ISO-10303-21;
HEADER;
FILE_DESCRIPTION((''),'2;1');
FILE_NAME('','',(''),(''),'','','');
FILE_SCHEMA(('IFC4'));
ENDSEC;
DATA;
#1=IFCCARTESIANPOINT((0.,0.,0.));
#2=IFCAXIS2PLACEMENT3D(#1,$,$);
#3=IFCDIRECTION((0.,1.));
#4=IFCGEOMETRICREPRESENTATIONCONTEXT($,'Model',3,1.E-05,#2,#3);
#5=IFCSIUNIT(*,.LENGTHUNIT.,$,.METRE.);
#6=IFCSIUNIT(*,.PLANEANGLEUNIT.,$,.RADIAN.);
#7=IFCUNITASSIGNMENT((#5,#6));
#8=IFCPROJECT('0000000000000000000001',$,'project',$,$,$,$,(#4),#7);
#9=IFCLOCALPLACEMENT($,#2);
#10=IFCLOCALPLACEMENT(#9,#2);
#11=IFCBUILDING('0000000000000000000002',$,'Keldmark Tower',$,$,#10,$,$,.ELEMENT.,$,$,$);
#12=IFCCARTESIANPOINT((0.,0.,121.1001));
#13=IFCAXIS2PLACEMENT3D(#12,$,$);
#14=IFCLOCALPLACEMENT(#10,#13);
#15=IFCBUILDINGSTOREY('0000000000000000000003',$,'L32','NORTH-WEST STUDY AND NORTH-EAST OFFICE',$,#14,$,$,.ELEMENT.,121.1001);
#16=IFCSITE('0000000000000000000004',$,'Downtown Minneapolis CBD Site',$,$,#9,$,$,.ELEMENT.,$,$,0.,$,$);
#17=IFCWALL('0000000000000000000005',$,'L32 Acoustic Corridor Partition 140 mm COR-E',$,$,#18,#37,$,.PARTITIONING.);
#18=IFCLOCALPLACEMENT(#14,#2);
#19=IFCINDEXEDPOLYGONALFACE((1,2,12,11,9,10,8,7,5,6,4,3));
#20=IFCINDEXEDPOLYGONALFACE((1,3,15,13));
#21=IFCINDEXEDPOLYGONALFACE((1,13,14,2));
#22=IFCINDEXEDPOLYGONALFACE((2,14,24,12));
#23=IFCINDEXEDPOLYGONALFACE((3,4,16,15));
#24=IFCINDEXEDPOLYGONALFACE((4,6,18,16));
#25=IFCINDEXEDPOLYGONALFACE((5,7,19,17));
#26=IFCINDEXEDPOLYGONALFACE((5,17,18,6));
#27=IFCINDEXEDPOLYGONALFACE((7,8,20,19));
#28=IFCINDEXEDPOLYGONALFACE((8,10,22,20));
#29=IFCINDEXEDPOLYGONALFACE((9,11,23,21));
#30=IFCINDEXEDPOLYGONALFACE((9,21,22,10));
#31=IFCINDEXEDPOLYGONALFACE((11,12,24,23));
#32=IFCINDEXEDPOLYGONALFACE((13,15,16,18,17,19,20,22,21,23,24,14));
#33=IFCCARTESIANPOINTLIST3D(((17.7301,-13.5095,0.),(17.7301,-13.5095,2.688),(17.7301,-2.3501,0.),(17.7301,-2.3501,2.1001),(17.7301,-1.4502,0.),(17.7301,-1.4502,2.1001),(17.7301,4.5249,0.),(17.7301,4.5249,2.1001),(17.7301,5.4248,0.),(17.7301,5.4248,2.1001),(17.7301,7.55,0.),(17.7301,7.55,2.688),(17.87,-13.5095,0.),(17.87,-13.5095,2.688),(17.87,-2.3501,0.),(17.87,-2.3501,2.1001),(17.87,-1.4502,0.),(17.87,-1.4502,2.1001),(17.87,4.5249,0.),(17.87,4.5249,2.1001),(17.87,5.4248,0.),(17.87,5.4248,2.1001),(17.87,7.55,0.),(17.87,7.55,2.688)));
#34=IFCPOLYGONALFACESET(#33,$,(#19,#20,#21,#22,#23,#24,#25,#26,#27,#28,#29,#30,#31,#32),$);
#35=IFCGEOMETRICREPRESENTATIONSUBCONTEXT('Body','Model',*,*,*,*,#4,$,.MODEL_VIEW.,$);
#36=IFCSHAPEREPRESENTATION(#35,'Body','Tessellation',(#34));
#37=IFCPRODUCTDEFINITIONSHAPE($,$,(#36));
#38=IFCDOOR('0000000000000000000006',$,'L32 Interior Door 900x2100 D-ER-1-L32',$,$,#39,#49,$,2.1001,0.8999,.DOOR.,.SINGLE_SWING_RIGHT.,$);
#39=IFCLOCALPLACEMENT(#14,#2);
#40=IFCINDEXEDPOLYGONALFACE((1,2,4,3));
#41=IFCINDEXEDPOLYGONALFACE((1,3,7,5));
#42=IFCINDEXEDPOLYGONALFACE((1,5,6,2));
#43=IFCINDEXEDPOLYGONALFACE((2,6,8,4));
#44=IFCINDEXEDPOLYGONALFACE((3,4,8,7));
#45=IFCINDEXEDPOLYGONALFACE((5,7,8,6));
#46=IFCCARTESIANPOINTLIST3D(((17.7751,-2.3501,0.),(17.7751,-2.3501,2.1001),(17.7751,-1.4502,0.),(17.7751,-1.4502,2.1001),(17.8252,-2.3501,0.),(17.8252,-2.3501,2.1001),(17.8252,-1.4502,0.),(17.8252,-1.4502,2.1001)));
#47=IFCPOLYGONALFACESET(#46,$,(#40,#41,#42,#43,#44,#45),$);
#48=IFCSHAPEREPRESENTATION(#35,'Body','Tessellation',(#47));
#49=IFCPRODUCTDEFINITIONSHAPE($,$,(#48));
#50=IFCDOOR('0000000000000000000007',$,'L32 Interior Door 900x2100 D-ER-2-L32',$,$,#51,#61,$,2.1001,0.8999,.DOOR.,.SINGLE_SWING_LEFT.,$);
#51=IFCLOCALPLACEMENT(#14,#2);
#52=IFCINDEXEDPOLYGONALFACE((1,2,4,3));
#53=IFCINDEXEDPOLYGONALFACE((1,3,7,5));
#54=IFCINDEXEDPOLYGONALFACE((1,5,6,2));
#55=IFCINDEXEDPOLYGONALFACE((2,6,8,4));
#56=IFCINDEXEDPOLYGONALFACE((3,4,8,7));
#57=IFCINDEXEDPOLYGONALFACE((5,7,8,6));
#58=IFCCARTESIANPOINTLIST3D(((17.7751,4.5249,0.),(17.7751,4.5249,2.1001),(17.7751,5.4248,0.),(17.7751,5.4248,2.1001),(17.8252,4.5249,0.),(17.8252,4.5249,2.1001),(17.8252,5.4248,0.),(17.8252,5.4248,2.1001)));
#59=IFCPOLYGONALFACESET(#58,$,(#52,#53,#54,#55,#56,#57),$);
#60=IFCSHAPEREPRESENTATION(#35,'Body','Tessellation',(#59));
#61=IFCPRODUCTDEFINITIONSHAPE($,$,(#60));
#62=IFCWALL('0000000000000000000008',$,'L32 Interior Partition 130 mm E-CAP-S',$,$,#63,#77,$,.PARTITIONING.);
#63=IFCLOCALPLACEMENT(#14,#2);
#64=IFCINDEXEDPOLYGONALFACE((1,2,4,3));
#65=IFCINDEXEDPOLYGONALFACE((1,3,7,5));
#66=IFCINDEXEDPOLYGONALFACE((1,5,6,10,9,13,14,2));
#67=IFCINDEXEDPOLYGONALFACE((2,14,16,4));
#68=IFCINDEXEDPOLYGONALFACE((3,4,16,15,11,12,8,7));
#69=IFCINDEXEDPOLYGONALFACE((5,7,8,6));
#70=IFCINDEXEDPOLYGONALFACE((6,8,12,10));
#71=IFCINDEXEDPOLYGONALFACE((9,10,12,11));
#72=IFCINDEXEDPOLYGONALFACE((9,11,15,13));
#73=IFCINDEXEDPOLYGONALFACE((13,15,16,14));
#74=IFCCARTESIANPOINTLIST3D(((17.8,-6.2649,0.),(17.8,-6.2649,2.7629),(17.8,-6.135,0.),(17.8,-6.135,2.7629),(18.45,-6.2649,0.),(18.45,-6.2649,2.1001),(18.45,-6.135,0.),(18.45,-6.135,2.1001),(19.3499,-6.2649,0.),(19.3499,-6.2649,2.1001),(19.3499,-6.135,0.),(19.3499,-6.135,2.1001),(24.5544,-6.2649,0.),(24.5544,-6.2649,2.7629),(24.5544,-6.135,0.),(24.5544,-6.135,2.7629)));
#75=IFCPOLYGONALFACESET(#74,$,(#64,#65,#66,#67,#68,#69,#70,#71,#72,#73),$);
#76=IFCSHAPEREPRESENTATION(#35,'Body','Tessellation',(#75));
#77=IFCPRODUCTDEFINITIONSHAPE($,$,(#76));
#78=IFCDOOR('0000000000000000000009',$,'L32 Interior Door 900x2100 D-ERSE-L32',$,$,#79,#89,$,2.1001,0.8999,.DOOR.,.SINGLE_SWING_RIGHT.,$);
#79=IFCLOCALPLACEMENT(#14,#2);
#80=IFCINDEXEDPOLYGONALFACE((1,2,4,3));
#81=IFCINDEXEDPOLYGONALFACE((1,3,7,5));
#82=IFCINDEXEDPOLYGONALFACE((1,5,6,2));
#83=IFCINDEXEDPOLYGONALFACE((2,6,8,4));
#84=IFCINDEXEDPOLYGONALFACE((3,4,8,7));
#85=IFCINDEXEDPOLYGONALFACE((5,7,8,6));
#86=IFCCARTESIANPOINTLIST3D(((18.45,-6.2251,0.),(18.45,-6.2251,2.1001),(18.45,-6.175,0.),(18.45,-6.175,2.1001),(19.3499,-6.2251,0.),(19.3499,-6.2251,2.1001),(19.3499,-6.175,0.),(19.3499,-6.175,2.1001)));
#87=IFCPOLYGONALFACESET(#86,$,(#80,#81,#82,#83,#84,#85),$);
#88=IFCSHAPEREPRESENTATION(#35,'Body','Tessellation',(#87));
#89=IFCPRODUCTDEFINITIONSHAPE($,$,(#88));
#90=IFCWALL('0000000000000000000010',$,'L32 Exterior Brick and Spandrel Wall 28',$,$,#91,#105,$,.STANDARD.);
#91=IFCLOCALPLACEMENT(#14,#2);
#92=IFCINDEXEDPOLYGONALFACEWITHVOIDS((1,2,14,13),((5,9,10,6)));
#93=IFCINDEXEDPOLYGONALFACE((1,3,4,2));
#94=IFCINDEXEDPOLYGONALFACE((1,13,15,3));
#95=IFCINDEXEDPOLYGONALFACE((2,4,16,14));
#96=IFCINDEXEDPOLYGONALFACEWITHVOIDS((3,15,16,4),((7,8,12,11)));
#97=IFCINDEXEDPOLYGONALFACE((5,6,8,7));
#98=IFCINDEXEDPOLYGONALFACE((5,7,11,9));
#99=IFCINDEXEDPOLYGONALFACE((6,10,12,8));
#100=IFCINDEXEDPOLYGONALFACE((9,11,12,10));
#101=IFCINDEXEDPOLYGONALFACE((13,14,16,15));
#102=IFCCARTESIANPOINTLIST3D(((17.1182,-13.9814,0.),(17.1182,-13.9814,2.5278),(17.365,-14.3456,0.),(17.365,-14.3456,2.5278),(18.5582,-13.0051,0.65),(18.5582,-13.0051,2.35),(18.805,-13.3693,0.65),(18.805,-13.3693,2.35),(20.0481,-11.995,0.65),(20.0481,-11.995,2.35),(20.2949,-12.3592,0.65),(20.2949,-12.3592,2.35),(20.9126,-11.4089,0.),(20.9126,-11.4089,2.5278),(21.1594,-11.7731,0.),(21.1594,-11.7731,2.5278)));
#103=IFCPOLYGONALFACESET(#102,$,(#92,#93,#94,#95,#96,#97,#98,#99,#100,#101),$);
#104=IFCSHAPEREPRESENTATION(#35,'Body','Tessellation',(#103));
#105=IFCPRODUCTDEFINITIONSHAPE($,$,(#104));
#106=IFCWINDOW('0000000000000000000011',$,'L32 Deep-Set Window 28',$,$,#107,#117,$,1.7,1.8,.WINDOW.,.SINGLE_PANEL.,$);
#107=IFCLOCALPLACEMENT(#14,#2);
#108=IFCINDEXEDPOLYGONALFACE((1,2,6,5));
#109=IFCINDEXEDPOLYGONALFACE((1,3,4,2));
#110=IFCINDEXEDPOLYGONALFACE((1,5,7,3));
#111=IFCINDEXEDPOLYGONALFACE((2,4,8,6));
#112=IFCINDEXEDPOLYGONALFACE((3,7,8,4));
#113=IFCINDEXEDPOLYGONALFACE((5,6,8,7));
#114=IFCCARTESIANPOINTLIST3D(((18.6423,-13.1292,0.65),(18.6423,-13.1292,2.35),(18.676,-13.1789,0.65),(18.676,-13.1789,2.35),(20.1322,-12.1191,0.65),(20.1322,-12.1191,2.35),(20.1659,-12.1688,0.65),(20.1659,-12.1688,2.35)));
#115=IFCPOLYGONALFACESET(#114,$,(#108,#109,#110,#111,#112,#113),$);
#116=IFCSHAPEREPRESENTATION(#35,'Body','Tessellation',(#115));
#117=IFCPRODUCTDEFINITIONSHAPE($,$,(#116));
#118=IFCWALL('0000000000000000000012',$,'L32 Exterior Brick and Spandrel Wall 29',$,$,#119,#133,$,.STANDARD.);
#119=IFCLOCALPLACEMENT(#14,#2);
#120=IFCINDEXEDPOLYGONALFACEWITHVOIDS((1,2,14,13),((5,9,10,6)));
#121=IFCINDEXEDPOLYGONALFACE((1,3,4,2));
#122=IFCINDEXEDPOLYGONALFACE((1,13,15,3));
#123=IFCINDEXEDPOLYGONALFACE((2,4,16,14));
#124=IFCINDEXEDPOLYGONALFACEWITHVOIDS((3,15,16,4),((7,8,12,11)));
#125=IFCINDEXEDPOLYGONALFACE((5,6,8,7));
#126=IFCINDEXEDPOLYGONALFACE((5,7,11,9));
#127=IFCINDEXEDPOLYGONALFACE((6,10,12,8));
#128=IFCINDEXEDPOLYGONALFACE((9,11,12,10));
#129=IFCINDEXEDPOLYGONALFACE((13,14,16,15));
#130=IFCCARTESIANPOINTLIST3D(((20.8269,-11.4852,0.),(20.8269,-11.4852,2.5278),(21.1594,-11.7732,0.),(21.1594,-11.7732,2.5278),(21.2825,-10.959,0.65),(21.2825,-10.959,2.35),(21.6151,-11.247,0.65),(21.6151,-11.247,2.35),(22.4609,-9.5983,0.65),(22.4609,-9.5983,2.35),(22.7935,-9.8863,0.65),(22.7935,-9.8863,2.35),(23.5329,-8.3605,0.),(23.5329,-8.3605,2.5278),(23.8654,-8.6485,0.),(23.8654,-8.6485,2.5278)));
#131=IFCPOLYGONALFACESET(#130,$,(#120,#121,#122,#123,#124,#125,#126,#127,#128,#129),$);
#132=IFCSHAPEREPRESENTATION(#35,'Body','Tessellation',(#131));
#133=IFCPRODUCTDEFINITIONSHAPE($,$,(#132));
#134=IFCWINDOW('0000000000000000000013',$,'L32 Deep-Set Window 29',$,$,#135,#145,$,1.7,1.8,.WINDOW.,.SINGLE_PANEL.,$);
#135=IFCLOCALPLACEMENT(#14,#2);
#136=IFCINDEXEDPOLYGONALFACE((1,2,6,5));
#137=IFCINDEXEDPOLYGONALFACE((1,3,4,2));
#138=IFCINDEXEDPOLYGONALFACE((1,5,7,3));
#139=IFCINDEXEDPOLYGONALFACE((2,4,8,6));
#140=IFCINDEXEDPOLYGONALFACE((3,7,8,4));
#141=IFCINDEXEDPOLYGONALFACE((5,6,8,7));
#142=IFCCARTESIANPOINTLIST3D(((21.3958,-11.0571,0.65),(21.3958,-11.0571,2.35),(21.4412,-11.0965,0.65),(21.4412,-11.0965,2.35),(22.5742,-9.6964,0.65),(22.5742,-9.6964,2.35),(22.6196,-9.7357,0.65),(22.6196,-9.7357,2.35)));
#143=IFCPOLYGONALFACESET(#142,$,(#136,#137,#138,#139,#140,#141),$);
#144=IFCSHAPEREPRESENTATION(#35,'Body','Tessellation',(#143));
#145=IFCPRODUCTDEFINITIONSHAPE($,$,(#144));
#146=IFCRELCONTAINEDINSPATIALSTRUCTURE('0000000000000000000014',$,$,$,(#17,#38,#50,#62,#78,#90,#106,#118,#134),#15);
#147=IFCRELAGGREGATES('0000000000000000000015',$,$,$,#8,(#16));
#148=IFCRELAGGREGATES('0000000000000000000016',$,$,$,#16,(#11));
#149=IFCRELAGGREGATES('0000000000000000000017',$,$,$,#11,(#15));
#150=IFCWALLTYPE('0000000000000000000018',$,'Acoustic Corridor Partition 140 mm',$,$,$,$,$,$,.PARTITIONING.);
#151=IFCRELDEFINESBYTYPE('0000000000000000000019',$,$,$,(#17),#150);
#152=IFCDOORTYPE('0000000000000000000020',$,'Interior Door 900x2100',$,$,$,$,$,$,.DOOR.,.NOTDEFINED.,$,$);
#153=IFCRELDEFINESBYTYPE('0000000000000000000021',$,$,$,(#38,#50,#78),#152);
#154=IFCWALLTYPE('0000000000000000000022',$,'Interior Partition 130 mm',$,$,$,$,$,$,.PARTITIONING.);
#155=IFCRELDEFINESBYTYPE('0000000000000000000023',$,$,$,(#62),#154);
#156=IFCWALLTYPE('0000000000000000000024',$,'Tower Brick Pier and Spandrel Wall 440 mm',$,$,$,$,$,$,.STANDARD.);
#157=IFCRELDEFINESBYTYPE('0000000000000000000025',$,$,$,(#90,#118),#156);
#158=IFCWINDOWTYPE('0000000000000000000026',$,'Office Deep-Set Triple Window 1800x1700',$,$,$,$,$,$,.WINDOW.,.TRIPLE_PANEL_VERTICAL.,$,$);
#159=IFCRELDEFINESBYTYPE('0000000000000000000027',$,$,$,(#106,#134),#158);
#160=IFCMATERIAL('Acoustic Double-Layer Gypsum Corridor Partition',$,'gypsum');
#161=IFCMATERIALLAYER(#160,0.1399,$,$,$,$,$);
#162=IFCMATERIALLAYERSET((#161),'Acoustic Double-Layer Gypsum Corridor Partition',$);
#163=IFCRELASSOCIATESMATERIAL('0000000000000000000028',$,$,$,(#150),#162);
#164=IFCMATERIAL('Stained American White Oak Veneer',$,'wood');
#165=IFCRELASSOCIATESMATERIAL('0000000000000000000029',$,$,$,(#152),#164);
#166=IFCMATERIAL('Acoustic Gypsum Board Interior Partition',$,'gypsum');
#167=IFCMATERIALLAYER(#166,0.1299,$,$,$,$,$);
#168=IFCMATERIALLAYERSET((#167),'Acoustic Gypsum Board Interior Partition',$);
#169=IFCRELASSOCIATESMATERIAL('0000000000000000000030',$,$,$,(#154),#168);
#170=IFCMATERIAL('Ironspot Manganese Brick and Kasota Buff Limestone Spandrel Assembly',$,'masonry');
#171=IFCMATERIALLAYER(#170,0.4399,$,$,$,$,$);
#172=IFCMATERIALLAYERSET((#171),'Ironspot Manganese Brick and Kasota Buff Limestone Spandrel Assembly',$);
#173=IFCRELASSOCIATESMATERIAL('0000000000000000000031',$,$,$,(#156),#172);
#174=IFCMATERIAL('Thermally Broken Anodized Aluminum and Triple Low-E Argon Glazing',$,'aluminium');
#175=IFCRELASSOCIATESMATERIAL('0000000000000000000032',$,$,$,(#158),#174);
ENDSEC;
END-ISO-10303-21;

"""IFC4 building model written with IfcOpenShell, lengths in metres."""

from ifc_helpers import new_model, si_unit, direction, frame, frame_2d, origin, place, context, subcontext, project, spatial, rectangle, extrude, material, layer, layer_set, type_object, element, fill, save


model = new_model("IFC4")

# Units and contexts
model_context = context("Model", 3, precision=1e-05, world=origin(), true_north=direction((0.0, 1.0)))
body_context = subcontext(model_context, "Body", "Model", "MODEL_VIEW")
ifc_project = project(units=[si_unit("LENGTHUNIT", "METRE"), si_unit("PLANEANGLEUNIT", "RADIAN")], contexts=[model_context])

# Site, building, storey
site_placement = place(None, origin())
site = spatial("IfcSite", under=ifc_project, at=site_placement, Name="Downtown Minneapolis CBD Site", CompositionType="ELEMENT", RefElevation=0.0)
building_placement = place(site_placement, origin())
building = spatial("IfcBuilding", under=site, at=building_placement, Name="Keldmark Tower", CompositionType="ELEMENT")
storey_placement = place(building_placement, frame((0.0, 0.0, 121.1001)))
storey = spatial("IfcBuildingStorey", under=building, at=storey_placement, Name="L32", Description="NORTH-WEST STUDY AND NORTH-EAST OFFICE", CompositionType="ELEMENT", Elevation=121.1001)

# Wall, openings, doors
ifc_material_1 = material(Name="Acoustic Double-Layer Gypsum Corridor Partition", Category="gypsum")
ifc_layer_1 = layer(ifc_material_1, 0.1399)
ifc_layer_set_1 = layer_set([ifc_layer_1], Name="Acoustic Double-Layer Gypsum Corridor Partition")
wall_type_1 = type_object("IfcWallType", Name="Acoustic Corridor Partition 140 mm", PredefinedType="PARTITIONING", material=ifc_layer_set_1)
wall_1_placement = place(storey_placement, frame((17.8, -13.5095, 0.0), z_axis=(0.0, 0.0, 1.0), x_axis=(0.0, 1.0, 0.0)))
wall_1 = element("IfcWall", 1, at=wall_1_placement, inside=storey, type_object=wall_type_1, Name="L32 Acoustic Corridor Partition 140 mm COR-E", PredefinedType="PARTITIONING", context=body_context, shape_type="SweptSolid", body=[
    extrude(rectangle(XDim=21.0596, YDim=0.1399, at=frame_2d((10.5298, 0.0))), origin(), (0.0, 0.0, 1.0), 2.688),
])
opening_1_placement = place(wall_1_placement, frame((11.1594, 0.0, 0.0)))
opening_1 = element("IfcOpeningElement", 2, at=opening_1_placement, cuts=wall_1, PredefinedType="OPENING", context=body_context, shape_type="SweptSolid", body=[
    extrude(rectangle(XDim=0.8999, YDim=2.1001, at=frame_2d((0.45, 1.05))), frame((0.0, 0.0798, 0.0), z_axis=(0.0, -1.0, 0.0), x_axis=(1.0, 0.0, 0.0)), (0.0, 0.0, 1.0), 0.1599),
])
opening_2_placement = place(wall_1_placement, frame((18.0344, 0.0, 0.0)))
opening_2 = element("IfcOpeningElement", 3, at=opening_2_placement, cuts=wall_1, PredefinedType="OPENING", context=body_context, shape_type="SweptSolid", body=[
    extrude(rectangle(XDim=0.8999, YDim=2.1001, at=frame_2d((0.45, 1.05))), frame((0.0, 0.0798, 0.0), z_axis=(0.0, -1.0, 0.0), x_axis=(1.0, 0.0, 0.0)), (0.0, 0.0, 1.0), 0.1599),
])
ifc_material_2 = material(Name="Stained American White Oak Veneer", Category="wood")
door_type = type_object("IfcDoorType", Name="Interior Door 900x2100", OperationType="NOTDEFINED", PredefinedType="DOOR", material=ifc_material_2)
door_1_placement = place(opening_1_placement, origin())
door_1 = element("IfcDoor", 4, at=door_1_placement, inside=storey, type_object=door_type, Name="L32 Interior Door 900x2100 D-ER-1-L32", OperationType="SINGLE_SWING_RIGHT", OverallHeight=2.1001, OverallWidth=0.8999, PredefinedType="DOOR", context=body_context, shape_type="SweptSolid", body=[
    extrude(rectangle(XDim=0.8999, YDim=2.1001, at=frame_2d((0.45, 1.05))), frame((0.0, 0.0249, 0.0), z_axis=(0.0, -1.0, 0.0), x_axis=(1.0, 0.0, 0.0)), (0.0, 0.0, 1.0), 0.05),
])
fill(opening_1, door_1)
door_2_placement = place(opening_2_placement, origin())
door_2 = element("IfcDoor", 5, at=door_2_placement, inside=storey, type_object=door_type, Name="L32 Interior Door 900x2100 D-ER-2-L32", OperationType="SINGLE_SWING_LEFT", OverallHeight=2.1001, OverallWidth=0.8999, PredefinedType="DOOR", context=body_context, shape_type="SweptSolid", body=[
    extrude(rectangle(XDim=0.8999, YDim=2.1001, at=frame_2d((0.45, 1.05))), frame((0.0, 0.0249, 0.0), z_axis=(0.0, -1.0, 0.0), x_axis=(1.0, 0.0, 0.0)), (0.0, 0.0, 1.0), 0.05),
])
fill(opening_2, door_2)

# Wall, opening, door
ifc_material_3 = material(Name="Acoustic Gypsum Board Interior Partition", Category="gypsum")
ifc_layer_2 = layer(ifc_material_3, 0.1299)
ifc_layer_set_2 = layer_set([ifc_layer_2], Name="Acoustic Gypsum Board Interior Partition")
wall_type_2 = type_object("IfcWallType", Name="Interior Partition 130 mm", PredefinedType="PARTITIONING", material=ifc_layer_set_2)
wall_2_placement = place(storey_placement, frame((17.8, -6.2, 0.0), z_axis=(0.0, 0.0, 1.0), x_axis=(1.0, 0.0, 0.0)))
wall_2 = element("IfcWall", 6, at=wall_2_placement, inside=storey, type_object=wall_type_2, Name="L32 Interior Partition 130 mm E-CAP-S", PredefinedType="PARTITIONING", context=body_context, shape_type="SweptSolid", body=[
    extrude(rectangle(XDim=6.7544, YDim=0.1299, at=frame_2d((3.3772, 0.0))), origin(), (0.0, 0.0, 1.0), 2.7629),
])
opening_3_placement = place(wall_2_placement, frame((0.6499, 0.0, 0.0)))
opening_3 = element("IfcOpeningElement", 7, at=opening_3_placement, cuts=wall_2, PredefinedType="OPENING", context=body_context, shape_type="SweptSolid", body=[
    extrude(rectangle(XDim=0.8999, YDim=2.1001, at=frame_2d((0.45, 1.05))), frame((0.0, 0.075, 0.0), z_axis=(0.0, -1.0, 0.0), x_axis=(1.0, 0.0, 0.0)), (0.0, 0.0, 1.0), 0.1499),
])
door_3_placement = place(opening_3_placement, origin())
door_3 = element("IfcDoor", 8, at=door_3_placement, inside=storey, type_object=door_type, Name="L32 Interior Door 900x2100 D-ERSE-L32", OperationType="SINGLE_SWING_RIGHT", OverallHeight=2.1001, OverallWidth=0.8999, PredefinedType="DOOR", context=body_context, shape_type="SweptSolid", body=[
    extrude(rectangle(XDim=0.8999, YDim=2.1001, at=frame_2d((0.45, 1.05))), frame((0.0, 0.0249, 0.0), z_axis=(0.0, -1.0, 0.0), x_axis=(1.0, 0.0, 0.0)), (0.0, 0.0, 1.0), 0.05),
])
fill(opening_3, door_3)

# Walls, openings, windows
ifc_material_4 = material(Name="Ironspot Manganese Brick and Kasota Buff Limestone Spandrel Assembly", Category="masonry")
ifc_layer_3 = layer(ifc_material_4, 0.4399)
ifc_layer_set_3 = layer_set([ifc_layer_3], Name="Ironspot Manganese Brick and Kasota Buff Limestone Spandrel Assembly")
wall_type_3 = type_object("IfcWallType", Name="Tower Brick Pier and Spandrel Wall 440 mm", PredefinedType="STANDARD", material=ifc_layer_set_3)
wall_3_placement = place(storey_placement, frame((21.0359, -11.5911, 0.0), z_axis=(0.0, 0.0, 1.0), x_axis=(-0.827707, -0.56116, 0.0)))
wall_3 = element("IfcWall", 9, at=wall_3_placement, inside=storey, type_object=wall_type_3, Name="L32 Exterior Brick and Spandrel Wall 28", PredefinedType="STANDARD", context=body_context, shape_type="SweptSolid", body=[
    extrude(rectangle(XDim=4.5842, YDim=0.4399, at=frame_2d((2.292, 0.0))), origin(), (0.0, 0.0, 1.0), 2.5278),
])
opening_4_placement = place(wall_3_placement, frame((1.0444, 0.0, 0.6499)))
opening_4 = element("IfcOpeningElement", 10, at=opening_4_placement, cuts=wall_3, PredefinedType="OPENING", context=body_context, shape_type="SweptSolid", body=[
    extrude(rectangle(XDim=1.8, YDim=1.7, at=frame_2d((0.8999, 0.8501))), frame((0.0, 0.23, 0.0), z_axis=(0.0, -1.0, 0.0), x_axis=(1.0, 0.0, 0.0)), (0.0, 0.0, 1.0), 0.46),
])
ifc_material_5 = material(Name="Thermally Broken Anodized Aluminum and Triple Low-E Argon Glazing", Category="aluminium")
window_type_1 = type_object("IfcWindowType", Name="Office Deep-Set Triple Window 1800x1700", PartitioningType="TRIPLE_PANEL_VERTICAL", PredefinedType="WINDOW", material=ifc_material_5)
window_1_placement = place(opening_4_placement, origin())
window_1 = element("IfcWindow", 11, at=window_1_placement, inside=storey, type_object=window_type_1, Name="L32 Deep-Set Window 28", OverallHeight=1.7, OverallWidth=1.8, PartitioningType="SINGLE_PANEL", PredefinedType="WINDOW", context=body_context, shape_type="SweptSolid", body=[
    extrude(rectangle(XDim=1.8, YDim=1.7, at=frame_2d((0.8999, 0.8501))), frame((0.0, -0.01, 0.0), z_axis=(0.0, -1.0, 0.0), x_axis=(1.0, 0.0, 0.0)), (0.0, 0.0, 1.0), 0.0601),
])
fill(opening_4, window_1)
wall_4_placement = place(storey_placement, frame((23.6992, -8.5044, 0.0), z_axis=(0.0, 0.0, 1.0), x_axis=(-0.654645, -0.755937, 0.0)))
wall_4 = element("IfcWall", 12, at=wall_4_placement, inside=storey, type_object=wall_type_3, Name="L32 Exterior Brick and Spandrel Wall 29", PredefinedType="STANDARD", context=body_context, shape_type="SweptSolid", body=[
    extrude(rectangle(XDim=4.1335, YDim=0.4399, at=frame_2d((2.0669, 0.0))), origin(), (0.0, 0.0, 1.0), 2.5278),
])
opening_5_placement = place(wall_4_placement, frame((1.6377, 0.0, 0.6499)))
opening_5 = element("IfcOpeningElement", 13, at=opening_5_placement, cuts=wall_4, PredefinedType="OPENING", context=body_context, shape_type="SweptSolid", body=[
    extrude(rectangle(XDim=1.8, YDim=1.7, at=frame_2d((0.8999, 0.8501))), frame((0.0, 0.23, 0.0), z_axis=(0.0, -1.0, 0.0), x_axis=(1.0, 0.0, 0.0)), (0.0, 0.0, 1.0), 0.46),
])
window_2_placement = place(opening_5_placement, origin())
window_2 = element("IfcWindow", 14, at=window_2_placement, inside=storey, type_object=window_type_1, Name="L32 Deep-Set Window 29", OverallHeight=1.7, OverallWidth=1.8, PartitioningType="SINGLE_PANEL", PredefinedType="WINDOW", context=body_context, shape_type="SweptSolid", body=[
    extrude(rectangle(XDim=1.8, YDim=1.7, at=frame_2d((0.8999, 0.8501))), frame((0.0, -0.01, 0.0), z_axis=(0.0, -1.0, 0.0), x_axis=(1.0, 0.0, 0.0)), (0.0, 0.0, 1.0), 0.0601),
])
fill(opening_5, window_2)

save(model, "model.ifc")
